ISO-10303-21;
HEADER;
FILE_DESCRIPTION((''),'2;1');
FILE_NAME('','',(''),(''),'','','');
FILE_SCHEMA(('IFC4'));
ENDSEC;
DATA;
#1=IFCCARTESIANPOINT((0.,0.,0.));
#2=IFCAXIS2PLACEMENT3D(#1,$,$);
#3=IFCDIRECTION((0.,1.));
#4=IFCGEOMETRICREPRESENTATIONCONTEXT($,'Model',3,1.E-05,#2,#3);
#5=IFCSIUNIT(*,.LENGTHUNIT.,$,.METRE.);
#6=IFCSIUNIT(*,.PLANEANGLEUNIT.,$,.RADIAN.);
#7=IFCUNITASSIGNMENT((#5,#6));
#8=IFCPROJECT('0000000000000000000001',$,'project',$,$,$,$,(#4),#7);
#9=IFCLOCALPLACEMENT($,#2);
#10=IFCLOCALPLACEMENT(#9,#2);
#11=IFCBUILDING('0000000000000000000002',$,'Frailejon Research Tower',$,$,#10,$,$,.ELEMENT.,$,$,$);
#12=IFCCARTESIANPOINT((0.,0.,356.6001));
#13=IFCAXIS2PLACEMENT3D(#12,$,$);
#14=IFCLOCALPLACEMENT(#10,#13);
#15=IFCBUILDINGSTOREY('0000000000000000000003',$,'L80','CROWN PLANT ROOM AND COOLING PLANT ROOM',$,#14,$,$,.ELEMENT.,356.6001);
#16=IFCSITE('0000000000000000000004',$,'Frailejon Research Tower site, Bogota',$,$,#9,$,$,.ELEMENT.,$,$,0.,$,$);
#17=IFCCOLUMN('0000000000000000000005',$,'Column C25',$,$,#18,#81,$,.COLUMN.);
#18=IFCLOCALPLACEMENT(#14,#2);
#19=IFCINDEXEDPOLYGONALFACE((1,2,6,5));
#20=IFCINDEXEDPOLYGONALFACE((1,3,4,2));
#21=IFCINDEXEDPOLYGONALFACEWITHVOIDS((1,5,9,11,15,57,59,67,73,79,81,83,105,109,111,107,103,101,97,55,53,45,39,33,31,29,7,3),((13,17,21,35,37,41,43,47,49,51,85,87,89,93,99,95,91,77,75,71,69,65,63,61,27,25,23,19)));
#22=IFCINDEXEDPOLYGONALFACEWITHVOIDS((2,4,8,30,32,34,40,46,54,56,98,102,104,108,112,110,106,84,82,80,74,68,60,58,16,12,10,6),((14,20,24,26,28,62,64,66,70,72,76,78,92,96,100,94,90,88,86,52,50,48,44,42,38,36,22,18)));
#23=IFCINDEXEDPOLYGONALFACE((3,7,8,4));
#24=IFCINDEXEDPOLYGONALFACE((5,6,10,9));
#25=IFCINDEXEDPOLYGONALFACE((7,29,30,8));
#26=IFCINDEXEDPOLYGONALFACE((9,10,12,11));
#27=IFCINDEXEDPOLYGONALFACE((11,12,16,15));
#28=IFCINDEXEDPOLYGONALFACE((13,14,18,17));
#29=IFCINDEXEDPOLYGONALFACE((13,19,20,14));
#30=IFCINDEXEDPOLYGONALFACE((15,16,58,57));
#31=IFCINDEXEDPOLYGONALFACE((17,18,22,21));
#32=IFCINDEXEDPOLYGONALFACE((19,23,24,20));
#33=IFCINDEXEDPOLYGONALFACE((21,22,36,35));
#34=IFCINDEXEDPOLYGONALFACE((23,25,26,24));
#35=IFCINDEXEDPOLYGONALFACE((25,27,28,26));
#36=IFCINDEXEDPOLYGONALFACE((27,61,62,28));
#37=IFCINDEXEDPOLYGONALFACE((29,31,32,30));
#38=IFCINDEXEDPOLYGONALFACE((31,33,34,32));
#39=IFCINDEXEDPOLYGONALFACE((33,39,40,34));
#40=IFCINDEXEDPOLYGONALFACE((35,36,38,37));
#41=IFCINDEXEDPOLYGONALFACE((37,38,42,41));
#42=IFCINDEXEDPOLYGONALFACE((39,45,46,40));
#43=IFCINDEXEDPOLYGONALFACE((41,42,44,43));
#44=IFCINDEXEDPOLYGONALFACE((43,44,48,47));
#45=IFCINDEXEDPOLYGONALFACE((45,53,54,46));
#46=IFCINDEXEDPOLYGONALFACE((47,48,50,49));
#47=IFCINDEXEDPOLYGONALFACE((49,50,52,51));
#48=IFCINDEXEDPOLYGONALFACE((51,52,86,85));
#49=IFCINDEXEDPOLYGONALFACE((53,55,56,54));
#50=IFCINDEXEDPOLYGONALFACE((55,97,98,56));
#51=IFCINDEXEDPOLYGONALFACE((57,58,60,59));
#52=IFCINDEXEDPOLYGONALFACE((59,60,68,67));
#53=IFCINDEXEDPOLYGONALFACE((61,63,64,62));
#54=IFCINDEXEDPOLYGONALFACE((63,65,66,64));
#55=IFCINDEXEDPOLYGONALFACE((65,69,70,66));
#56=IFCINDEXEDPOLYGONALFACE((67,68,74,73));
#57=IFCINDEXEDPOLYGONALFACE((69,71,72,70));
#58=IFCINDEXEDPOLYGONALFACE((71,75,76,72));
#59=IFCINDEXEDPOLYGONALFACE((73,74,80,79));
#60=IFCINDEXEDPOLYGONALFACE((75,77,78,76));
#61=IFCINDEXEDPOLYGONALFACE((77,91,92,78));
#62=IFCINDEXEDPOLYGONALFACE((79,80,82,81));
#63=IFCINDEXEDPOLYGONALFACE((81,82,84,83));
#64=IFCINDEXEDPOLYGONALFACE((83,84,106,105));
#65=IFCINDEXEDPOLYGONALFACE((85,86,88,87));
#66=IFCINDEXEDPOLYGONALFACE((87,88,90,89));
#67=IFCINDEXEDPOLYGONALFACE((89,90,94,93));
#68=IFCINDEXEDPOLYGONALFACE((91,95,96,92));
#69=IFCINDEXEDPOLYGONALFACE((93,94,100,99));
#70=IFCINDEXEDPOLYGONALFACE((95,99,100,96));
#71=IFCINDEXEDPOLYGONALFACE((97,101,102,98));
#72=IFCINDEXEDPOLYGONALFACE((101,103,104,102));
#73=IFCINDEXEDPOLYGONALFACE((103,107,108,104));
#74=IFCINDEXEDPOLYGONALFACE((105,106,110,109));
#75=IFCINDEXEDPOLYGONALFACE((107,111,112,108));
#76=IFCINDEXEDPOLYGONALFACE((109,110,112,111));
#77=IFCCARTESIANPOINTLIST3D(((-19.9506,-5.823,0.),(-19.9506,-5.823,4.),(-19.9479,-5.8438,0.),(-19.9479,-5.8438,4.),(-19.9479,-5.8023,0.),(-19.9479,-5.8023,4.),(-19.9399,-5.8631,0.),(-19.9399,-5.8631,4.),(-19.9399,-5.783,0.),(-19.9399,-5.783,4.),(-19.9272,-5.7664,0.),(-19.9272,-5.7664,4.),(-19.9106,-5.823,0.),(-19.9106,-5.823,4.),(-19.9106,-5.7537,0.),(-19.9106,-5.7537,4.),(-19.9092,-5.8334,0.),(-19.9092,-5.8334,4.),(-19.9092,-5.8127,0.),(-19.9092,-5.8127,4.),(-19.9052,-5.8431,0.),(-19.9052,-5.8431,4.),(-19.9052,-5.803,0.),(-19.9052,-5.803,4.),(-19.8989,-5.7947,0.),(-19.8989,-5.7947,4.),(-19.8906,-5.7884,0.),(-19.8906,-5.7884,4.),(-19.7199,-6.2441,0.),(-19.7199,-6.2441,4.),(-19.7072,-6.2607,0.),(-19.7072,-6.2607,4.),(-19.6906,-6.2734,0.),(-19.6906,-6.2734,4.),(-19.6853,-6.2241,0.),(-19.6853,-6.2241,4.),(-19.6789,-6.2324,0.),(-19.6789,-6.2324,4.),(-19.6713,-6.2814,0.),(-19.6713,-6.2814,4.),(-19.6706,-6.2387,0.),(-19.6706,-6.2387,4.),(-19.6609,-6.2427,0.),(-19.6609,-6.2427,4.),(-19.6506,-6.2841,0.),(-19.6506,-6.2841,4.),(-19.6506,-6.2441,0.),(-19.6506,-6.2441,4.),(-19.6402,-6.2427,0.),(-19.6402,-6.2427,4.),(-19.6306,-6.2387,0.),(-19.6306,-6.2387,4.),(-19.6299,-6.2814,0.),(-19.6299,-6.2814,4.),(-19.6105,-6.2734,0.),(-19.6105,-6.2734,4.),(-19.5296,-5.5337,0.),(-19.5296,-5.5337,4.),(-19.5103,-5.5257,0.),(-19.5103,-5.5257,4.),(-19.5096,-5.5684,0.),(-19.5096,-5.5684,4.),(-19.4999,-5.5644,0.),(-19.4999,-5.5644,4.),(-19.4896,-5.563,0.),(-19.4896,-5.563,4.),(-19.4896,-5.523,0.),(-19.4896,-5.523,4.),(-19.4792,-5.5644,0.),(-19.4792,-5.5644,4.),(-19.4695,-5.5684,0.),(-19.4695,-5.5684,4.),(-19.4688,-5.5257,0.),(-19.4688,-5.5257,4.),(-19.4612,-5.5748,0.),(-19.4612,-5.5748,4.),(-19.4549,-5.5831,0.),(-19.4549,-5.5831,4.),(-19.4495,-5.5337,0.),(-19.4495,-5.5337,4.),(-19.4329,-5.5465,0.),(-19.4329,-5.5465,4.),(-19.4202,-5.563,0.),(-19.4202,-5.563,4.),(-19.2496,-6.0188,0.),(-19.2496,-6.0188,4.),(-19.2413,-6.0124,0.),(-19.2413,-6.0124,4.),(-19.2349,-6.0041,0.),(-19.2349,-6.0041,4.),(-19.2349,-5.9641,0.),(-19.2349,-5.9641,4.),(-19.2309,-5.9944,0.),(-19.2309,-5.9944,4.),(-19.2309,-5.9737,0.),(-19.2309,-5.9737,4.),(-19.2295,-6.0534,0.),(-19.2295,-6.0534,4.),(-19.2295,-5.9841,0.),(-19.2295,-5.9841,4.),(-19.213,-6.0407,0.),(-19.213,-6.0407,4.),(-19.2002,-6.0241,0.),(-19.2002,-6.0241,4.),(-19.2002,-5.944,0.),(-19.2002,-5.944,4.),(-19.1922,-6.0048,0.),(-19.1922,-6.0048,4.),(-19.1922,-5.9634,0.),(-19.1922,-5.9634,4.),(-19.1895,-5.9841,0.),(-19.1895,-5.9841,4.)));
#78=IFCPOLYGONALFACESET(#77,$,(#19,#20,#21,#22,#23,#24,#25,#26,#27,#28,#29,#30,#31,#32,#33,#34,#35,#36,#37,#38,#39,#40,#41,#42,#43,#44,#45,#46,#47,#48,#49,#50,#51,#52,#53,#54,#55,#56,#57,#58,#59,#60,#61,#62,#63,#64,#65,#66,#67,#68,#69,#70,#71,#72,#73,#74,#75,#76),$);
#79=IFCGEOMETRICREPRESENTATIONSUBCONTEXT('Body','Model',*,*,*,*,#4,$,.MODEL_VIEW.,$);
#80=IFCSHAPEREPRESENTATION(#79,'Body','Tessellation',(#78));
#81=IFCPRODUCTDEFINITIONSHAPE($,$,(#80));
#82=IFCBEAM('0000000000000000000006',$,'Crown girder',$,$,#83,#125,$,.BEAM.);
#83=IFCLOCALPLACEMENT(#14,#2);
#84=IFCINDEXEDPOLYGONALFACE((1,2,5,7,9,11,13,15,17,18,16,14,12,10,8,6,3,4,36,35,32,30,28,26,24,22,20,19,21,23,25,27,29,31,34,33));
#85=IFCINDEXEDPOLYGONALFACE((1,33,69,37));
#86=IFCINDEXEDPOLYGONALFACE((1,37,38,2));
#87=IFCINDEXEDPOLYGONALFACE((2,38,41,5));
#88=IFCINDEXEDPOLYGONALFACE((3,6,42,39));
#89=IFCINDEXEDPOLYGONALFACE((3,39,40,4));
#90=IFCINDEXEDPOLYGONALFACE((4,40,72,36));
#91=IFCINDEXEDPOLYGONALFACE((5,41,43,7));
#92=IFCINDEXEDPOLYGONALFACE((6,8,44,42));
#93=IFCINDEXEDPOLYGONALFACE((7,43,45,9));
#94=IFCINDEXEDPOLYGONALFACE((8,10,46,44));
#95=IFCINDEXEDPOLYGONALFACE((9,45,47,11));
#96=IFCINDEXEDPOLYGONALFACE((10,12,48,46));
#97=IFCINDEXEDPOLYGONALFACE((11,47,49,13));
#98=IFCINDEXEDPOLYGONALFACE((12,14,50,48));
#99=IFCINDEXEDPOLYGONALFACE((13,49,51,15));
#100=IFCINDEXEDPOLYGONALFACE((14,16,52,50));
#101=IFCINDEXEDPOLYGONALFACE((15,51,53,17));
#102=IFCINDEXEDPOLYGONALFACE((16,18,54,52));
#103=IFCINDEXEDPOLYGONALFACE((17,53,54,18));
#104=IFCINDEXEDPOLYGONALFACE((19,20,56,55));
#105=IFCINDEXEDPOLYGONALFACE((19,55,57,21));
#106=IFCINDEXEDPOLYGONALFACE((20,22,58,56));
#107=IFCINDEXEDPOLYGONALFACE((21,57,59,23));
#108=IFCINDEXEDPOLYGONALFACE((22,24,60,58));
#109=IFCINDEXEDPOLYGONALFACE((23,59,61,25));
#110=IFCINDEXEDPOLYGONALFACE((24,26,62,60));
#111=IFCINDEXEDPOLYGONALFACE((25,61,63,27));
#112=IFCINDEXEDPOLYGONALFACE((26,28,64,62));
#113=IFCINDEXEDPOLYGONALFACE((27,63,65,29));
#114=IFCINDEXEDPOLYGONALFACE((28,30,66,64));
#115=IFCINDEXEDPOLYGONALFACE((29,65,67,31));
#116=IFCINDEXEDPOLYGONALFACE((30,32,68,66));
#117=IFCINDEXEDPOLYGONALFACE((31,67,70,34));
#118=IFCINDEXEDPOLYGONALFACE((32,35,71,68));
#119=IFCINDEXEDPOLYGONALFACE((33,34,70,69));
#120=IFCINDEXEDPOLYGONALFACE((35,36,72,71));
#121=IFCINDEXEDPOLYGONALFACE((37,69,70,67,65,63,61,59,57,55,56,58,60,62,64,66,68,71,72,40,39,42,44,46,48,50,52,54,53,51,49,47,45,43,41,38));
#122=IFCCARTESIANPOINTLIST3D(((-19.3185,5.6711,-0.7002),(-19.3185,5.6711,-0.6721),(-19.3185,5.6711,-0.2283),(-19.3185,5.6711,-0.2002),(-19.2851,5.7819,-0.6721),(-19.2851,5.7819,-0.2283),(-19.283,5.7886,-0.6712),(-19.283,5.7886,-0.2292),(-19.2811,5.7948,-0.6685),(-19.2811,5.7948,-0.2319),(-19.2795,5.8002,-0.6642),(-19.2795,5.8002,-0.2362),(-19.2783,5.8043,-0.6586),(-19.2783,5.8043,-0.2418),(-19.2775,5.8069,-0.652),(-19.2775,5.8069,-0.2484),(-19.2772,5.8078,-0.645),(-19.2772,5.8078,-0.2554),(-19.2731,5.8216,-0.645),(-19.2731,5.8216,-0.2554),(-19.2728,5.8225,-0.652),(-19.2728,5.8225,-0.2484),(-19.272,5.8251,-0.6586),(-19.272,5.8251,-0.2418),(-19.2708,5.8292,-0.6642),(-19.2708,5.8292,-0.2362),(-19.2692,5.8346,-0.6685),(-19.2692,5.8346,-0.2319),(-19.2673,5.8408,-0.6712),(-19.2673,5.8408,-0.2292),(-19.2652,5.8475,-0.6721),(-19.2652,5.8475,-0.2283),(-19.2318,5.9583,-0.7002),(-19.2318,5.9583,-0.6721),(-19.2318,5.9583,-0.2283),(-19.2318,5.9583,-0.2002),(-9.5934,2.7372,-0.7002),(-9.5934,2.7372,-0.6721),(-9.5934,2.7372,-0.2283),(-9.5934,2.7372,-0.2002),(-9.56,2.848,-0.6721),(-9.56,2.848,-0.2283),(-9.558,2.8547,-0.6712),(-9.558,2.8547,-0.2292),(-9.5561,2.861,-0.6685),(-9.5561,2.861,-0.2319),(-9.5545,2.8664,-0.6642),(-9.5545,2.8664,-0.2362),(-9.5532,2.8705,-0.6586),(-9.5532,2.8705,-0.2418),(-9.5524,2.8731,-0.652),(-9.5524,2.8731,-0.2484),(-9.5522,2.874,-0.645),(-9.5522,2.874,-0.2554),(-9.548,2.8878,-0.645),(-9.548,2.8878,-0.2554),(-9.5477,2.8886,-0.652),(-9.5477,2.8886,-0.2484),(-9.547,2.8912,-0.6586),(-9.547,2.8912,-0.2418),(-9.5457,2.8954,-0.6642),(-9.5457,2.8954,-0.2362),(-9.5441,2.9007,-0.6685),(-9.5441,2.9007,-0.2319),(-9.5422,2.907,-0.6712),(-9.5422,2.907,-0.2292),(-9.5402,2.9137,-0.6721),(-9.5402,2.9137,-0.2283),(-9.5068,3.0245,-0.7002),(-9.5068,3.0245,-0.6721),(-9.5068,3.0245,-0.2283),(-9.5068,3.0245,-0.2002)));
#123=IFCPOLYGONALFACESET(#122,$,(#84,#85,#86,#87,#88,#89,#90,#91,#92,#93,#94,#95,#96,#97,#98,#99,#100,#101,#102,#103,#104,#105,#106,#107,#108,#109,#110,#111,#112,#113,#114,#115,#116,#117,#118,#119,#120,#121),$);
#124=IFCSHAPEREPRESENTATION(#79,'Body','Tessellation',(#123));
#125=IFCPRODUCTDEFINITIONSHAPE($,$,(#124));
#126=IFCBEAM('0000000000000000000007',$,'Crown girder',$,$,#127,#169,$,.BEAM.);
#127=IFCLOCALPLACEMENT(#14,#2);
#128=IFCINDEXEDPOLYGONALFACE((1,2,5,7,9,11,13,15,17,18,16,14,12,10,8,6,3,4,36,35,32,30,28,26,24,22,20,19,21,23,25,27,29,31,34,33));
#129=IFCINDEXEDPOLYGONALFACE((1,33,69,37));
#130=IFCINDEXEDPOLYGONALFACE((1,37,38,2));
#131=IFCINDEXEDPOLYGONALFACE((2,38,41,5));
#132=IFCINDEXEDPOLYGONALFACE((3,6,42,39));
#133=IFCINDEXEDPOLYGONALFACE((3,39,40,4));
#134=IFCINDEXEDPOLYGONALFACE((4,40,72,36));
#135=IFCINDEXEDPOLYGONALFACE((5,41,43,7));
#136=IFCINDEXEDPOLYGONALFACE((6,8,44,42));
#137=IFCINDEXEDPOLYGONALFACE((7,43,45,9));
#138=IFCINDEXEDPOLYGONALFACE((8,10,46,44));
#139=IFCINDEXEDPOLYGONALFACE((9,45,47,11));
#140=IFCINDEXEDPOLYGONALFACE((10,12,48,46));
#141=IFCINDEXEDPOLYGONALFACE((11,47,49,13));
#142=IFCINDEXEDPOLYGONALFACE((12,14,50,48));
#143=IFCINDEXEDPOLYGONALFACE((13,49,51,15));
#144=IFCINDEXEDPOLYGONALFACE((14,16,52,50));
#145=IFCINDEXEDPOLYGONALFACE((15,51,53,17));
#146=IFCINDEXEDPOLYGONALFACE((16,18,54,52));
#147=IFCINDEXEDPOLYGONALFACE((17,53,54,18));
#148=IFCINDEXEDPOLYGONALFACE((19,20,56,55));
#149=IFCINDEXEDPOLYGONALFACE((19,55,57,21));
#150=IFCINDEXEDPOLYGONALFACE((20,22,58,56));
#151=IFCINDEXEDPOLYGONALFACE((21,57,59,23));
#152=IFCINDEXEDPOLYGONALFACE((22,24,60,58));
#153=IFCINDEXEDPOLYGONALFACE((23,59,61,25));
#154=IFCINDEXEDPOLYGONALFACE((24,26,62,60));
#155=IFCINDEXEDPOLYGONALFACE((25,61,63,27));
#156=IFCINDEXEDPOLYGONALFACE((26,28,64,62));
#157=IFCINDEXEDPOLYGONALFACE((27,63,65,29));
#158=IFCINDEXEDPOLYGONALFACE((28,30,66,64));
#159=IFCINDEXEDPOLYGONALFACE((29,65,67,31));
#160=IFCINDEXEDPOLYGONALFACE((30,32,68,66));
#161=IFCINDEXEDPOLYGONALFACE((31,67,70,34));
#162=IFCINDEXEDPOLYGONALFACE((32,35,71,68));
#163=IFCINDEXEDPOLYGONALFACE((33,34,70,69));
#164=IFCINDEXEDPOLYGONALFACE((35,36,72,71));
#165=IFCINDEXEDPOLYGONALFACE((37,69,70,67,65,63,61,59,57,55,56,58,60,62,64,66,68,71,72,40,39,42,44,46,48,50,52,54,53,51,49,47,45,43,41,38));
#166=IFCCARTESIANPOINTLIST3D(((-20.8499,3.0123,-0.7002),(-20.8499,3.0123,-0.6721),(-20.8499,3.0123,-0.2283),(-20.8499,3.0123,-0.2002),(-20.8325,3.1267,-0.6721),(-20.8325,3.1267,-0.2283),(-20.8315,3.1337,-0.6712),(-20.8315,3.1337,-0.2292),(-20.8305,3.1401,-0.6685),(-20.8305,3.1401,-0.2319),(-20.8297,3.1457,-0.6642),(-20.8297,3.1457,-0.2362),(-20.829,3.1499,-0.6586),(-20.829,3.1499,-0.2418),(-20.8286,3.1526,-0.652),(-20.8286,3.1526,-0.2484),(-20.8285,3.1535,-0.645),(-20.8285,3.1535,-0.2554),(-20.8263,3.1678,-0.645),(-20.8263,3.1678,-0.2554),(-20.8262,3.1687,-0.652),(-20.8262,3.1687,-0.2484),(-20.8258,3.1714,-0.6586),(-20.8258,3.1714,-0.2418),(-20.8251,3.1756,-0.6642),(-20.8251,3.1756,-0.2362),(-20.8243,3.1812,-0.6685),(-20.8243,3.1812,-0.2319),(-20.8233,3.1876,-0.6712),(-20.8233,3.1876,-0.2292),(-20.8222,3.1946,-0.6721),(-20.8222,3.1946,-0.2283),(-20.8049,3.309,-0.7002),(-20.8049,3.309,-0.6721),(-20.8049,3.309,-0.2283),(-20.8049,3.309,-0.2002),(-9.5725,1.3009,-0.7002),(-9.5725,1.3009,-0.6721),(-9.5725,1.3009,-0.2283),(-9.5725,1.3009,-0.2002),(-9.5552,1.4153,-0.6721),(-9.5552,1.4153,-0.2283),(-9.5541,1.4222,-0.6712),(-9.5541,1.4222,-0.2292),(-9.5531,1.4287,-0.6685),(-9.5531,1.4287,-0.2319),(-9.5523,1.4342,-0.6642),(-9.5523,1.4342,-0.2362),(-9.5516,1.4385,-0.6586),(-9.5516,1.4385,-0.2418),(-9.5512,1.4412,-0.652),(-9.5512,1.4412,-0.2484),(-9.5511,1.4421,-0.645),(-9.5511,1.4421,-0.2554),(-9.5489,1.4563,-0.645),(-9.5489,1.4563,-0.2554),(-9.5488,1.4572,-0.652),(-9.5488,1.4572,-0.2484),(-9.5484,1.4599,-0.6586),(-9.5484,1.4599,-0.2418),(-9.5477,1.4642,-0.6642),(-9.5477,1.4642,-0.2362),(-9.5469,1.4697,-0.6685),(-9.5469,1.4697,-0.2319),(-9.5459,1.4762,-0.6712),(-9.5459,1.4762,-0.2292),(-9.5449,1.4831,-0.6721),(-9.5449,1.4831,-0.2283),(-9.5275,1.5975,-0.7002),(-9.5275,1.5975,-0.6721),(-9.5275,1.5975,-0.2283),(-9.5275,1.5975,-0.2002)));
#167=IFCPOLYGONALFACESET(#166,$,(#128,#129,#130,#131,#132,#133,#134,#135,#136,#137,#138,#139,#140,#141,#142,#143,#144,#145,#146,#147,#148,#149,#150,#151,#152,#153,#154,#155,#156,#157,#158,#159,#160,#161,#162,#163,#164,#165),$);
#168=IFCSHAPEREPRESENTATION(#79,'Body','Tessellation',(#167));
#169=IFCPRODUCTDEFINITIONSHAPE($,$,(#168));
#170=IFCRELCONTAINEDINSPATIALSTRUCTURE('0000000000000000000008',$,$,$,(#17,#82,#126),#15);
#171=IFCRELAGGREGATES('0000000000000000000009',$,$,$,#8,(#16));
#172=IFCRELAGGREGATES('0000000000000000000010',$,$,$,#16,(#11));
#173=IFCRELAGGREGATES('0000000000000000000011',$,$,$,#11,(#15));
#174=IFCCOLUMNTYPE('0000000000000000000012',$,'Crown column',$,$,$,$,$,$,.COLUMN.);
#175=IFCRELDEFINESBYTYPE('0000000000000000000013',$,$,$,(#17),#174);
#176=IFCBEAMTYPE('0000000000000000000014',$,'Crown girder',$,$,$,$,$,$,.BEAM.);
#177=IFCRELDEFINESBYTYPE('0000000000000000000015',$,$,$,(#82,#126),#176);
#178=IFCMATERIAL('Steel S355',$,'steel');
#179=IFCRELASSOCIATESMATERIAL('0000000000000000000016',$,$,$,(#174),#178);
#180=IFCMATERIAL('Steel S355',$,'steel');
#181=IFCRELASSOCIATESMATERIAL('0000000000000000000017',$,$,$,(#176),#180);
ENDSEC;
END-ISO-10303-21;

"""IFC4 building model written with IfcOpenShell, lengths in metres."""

from ifc_helpers import new_model, si_unit, direction, frame, origin, origin_2d, place, context, subcontext, project, spatial, hollow_rectangle, i_section, extrude, material, material_profile, profile_set, type_object, element, save


model = new_model("IFC4")

# Units and contexts
model_context = context("Model", 3, precision=1e-05, world=origin(), true_north=direction((0.0, 1.0)))
body_context = subcontext(model_context, "Body", "Model", "MODEL_VIEW")
ifc_project = project(units=[si_unit("LENGTHUNIT", "METRE"), si_unit("PLANEANGLEUNIT", "RADIAN")], contexts=[model_context])

# Site, building, storey
site_placement = place(None, origin())
site = spatial("IfcSite", under=ifc_project, at=site_placement, Name="Frailejon Research Tower site, Bogota", CompositionType="ELEMENT", RefElevation=0.0)
building_placement = place(site_placement, origin())
building = spatial("IfcBuilding", under=site, at=building_placement, Name="Frailejon Research Tower", CompositionType="ELEMENT")
storey_placement = place(building_placement, frame((0.0, 0.0, 356.6001)))
storey = spatial("IfcBuildingStorey", under=building, at=storey_placement, Name="L80", Description="CROWN PLANT ROOM AND COOLING PLANT ROOM", CompositionType="ELEMENT", Elevation=356.6001)

# Column
ifc_material_1 = material(Name="Steel S355", Category="steel")
ifc_material_profile_1 = material_profile(ifc_material_1, hollow_rectangle(XDim=0.6001, YDim=0.6001, WallThickness=0.04, InnerFilletRadius=0.04, OuterFilletRadius=0.0801, at=origin_2d()), Name="Crown column")
ifc_profile_set_1 = profile_set([ifc_material_profile_1], Name="Steel S355")
column_type = type_object("IfcColumnType", Name="Crown column", PredefinedType="COLUMN", material=ifc_profile_set_1)
for number, where, z_axis, x_axis, name in (
    (1, (-19.5701, -5.9036, 0.0), (0.0, 0.0, 1.0), (0.5, -0.866025, 0.0), "Column C25"),
):
    element("IfcColumn", number, at=place(storey_placement, frame(where, z_axis=z_axis, x_axis=x_axis)), inside=storey, type_object=column_type, Name=name, PredefinedType="COLUMN", context=body_context, shape_type="SweptSolid", body=[
        extrude(hollow_rectangle(XDim=0.6001, YDim=0.6001, WallThickness=0.04, InnerFilletRadius=0.04, OuterFilletRadius=0.0801, at=origin_2d()), origin(), (0.0, 0.0, 1.0), 4.0),
    ])

# Beams
ifc_material_2 = material(Name="Steel S355", Category="steel")
ifc_material_profile_2 = material_profile(ifc_material_2, i_section(OverallWidth=0.3, OverallDepth=0.5, WebThickness=0.0144, FlangeThickness=0.0281, FilletRadius=0.0271, at=origin_2d()), Name="HE 500 B")
ifc_profile_set_2 = profile_set([ifc_material_profile_2], Name="Steel S355")
beam_type_1 = type_object("IfcBeamType", Name="Crown girder", PredefinedType="BEAM", material=ifc_profile_set_2)
beam_1_placement = place(storey_placement, frame((-19.2751, 5.8147, -0.4502), z_axis=(0.957383, -0.28882, 0.0), x_axis=(0.28882, 0.957383, 0.0)))
element("IfcBeam", 2, at=beam_1_placement, inside=storey, type_object=beam_type_1, Name="Crown girder", PredefinedType="BEAM", context=body_context, shape_type="SweptSolid", body=[
    extrude(i_section(OverallWidth=0.3, OverallDepth=0.5, WebThickness=0.0144, FlangeThickness=0.0281, FilletRadius=0.0271, at=origin_2d()), origin(), (0.0, 0.0, 1.0), 10.158),
])
beam_2_placement = place(storey_placement, frame((-20.8274, 3.1606, -0.4502), z_axis=(0.98868, -0.15004, 0.0), x_axis=(0.15004, 0.98868, 0.0)))
element("IfcBeam", 3, at=beam_2_placement, inside=storey, type_object=beam_type_1, Name="Crown girder", PredefinedType="BEAM", context=body_context, shape_type="SweptSolid", body=[
    extrude(i_section(OverallWidth=0.3, OverallDepth=0.5, WebThickness=0.0144, FlangeThickness=0.0281, FilletRadius=0.0271, at=origin_2d()), origin(), (0.0, 0.0, 1.0), 11.4065),
])

save(model, "model.ifc")
